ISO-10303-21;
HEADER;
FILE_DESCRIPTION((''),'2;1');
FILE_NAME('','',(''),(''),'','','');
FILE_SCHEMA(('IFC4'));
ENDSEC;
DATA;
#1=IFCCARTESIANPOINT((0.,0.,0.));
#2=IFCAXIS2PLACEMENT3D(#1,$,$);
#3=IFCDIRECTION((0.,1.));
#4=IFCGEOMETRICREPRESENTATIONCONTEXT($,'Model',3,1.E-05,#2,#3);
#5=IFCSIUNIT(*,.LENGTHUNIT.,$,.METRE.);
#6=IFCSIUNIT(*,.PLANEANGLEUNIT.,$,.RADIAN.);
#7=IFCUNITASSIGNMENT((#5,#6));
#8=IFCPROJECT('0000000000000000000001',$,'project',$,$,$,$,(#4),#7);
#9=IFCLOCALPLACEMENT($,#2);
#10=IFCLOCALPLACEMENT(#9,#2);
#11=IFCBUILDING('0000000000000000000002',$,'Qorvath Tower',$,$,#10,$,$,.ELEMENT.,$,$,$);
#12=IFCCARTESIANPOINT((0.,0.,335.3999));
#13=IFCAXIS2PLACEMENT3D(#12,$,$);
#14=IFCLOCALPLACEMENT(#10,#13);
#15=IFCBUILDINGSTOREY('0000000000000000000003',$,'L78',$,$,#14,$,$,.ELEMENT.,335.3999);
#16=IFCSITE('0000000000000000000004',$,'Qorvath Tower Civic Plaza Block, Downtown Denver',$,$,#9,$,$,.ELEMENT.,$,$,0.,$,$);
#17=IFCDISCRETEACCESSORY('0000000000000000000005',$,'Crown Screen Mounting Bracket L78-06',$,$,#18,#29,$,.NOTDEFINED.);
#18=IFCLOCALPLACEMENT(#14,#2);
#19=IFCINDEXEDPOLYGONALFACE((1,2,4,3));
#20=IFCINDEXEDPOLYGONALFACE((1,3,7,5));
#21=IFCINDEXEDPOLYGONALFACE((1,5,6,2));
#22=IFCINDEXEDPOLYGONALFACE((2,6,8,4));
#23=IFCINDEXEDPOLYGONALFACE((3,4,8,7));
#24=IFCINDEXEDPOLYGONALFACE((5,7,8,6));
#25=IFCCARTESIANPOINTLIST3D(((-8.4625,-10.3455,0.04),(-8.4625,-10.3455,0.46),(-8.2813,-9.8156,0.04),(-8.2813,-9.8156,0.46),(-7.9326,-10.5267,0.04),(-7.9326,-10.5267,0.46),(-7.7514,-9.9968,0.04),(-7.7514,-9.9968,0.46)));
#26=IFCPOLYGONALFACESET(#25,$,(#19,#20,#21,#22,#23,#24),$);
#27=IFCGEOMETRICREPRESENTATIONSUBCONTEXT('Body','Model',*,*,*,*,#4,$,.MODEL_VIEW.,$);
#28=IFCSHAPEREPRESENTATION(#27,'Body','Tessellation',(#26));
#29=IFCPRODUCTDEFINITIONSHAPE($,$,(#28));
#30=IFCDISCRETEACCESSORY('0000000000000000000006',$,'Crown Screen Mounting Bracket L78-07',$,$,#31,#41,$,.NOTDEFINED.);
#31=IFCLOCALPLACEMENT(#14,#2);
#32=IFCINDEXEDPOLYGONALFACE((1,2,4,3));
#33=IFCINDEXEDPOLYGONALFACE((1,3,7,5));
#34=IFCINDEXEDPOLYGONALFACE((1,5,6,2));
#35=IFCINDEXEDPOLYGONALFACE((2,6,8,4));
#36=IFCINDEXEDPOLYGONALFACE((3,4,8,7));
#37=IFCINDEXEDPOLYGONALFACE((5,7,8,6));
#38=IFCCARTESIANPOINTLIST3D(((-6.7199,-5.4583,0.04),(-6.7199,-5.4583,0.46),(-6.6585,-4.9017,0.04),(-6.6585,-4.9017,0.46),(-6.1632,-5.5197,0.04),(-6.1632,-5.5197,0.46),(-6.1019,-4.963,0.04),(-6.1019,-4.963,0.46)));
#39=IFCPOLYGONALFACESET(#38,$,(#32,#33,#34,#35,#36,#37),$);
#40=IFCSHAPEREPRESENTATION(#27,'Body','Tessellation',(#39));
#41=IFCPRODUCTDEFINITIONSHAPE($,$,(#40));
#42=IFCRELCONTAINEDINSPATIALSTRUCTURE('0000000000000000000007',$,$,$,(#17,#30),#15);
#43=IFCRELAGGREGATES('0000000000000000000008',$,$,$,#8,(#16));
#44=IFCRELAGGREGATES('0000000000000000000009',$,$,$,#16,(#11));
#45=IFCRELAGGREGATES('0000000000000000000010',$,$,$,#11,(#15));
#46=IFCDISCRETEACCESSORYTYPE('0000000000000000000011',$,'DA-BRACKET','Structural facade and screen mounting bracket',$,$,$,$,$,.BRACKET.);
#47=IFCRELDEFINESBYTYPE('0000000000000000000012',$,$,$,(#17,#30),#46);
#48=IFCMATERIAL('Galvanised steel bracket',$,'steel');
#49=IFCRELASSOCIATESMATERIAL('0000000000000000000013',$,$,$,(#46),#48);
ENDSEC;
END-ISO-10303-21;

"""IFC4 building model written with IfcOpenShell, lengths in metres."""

from ifc_helpers import new_model, si_unit, direction, frame, origin, origin_2d, place, context, subcontext, project, spatial, rectangle, extrude, material, type_object, element, save


model = new_model("IFC4")

# Units and contexts
model_context = context("Model", 3, precision=1e-05, world=origin(), true_north=direction((0.0, 1.0)))
body_context = subcontext(model_context, "Body", "Model", "MODEL_VIEW")
ifc_project = project(units=[si_unit("LENGTHUNIT", "METRE"), si_unit("PLANEANGLEUNIT", "RADIAN")], contexts=[model_context])

# Site, building, storey
site_placement = place(None, origin())
site = spatial("IfcSite", under=ifc_project, at=site_placement, Name="Qorvath Tower Civic Plaza Block, Downtown Denver", CompositionType="ELEMENT", RefElevation=0.0)
building_placement = place(site_placement, origin())
building = spatial("IfcBuilding", under=site, at=building_placement, Name="Qorvath Tower", CompositionType="ELEMENT")
storey_placement = place(building_placement, frame((0.0, 0.0, 335.3999)))
storey = spatial("IfcBuildingStorey", under=building, at=storey_placement, Name="L78", CompositionType="ELEMENT", Elevation=335.3999)

# Discrete accessories
ifc_material_1 = material(Name="Galvanised steel bracket", Category="steel")
discrete_accessory_type = type_object("IfcDiscreteAccessoryType", Name="DA-BRACKET", Description="Structural facade and screen mounting bracket", PredefinedType="BRACKET", material=ifc_material_1)
for number, where, z_axis, x_axis, name in (
    (1, (-8.1069, -10.1711, 0.04), (0.0, 0.0, 1.0), (0.323513, 0.946224, 0.0), "Crown Screen Mounting Bracket L78-06"),
    (2, (-6.4109, -5.2107, 0.04), (0.0, 0.0, 1.0), (0.109599, 0.993976, 0.0), "Crown Screen Mounting Bracket L78-07"),
):
    element("IfcDiscreteAccessory", number, at=place(storey_placement, frame(where, z_axis=z_axis, x_axis=x_axis)), inside=storey, type_object=discrete_accessory_type, Name=name, PredefinedType="NOTDEFINED", context=body_context, shape_type="SweptSolid", body=[
        extrude(rectangle(XDim=0.5601, YDim=0.5601, at=origin_2d()), origin(), (0.0, 0.0, 1.0), 0.4199),
    ])

save(model, "model.ifc")
